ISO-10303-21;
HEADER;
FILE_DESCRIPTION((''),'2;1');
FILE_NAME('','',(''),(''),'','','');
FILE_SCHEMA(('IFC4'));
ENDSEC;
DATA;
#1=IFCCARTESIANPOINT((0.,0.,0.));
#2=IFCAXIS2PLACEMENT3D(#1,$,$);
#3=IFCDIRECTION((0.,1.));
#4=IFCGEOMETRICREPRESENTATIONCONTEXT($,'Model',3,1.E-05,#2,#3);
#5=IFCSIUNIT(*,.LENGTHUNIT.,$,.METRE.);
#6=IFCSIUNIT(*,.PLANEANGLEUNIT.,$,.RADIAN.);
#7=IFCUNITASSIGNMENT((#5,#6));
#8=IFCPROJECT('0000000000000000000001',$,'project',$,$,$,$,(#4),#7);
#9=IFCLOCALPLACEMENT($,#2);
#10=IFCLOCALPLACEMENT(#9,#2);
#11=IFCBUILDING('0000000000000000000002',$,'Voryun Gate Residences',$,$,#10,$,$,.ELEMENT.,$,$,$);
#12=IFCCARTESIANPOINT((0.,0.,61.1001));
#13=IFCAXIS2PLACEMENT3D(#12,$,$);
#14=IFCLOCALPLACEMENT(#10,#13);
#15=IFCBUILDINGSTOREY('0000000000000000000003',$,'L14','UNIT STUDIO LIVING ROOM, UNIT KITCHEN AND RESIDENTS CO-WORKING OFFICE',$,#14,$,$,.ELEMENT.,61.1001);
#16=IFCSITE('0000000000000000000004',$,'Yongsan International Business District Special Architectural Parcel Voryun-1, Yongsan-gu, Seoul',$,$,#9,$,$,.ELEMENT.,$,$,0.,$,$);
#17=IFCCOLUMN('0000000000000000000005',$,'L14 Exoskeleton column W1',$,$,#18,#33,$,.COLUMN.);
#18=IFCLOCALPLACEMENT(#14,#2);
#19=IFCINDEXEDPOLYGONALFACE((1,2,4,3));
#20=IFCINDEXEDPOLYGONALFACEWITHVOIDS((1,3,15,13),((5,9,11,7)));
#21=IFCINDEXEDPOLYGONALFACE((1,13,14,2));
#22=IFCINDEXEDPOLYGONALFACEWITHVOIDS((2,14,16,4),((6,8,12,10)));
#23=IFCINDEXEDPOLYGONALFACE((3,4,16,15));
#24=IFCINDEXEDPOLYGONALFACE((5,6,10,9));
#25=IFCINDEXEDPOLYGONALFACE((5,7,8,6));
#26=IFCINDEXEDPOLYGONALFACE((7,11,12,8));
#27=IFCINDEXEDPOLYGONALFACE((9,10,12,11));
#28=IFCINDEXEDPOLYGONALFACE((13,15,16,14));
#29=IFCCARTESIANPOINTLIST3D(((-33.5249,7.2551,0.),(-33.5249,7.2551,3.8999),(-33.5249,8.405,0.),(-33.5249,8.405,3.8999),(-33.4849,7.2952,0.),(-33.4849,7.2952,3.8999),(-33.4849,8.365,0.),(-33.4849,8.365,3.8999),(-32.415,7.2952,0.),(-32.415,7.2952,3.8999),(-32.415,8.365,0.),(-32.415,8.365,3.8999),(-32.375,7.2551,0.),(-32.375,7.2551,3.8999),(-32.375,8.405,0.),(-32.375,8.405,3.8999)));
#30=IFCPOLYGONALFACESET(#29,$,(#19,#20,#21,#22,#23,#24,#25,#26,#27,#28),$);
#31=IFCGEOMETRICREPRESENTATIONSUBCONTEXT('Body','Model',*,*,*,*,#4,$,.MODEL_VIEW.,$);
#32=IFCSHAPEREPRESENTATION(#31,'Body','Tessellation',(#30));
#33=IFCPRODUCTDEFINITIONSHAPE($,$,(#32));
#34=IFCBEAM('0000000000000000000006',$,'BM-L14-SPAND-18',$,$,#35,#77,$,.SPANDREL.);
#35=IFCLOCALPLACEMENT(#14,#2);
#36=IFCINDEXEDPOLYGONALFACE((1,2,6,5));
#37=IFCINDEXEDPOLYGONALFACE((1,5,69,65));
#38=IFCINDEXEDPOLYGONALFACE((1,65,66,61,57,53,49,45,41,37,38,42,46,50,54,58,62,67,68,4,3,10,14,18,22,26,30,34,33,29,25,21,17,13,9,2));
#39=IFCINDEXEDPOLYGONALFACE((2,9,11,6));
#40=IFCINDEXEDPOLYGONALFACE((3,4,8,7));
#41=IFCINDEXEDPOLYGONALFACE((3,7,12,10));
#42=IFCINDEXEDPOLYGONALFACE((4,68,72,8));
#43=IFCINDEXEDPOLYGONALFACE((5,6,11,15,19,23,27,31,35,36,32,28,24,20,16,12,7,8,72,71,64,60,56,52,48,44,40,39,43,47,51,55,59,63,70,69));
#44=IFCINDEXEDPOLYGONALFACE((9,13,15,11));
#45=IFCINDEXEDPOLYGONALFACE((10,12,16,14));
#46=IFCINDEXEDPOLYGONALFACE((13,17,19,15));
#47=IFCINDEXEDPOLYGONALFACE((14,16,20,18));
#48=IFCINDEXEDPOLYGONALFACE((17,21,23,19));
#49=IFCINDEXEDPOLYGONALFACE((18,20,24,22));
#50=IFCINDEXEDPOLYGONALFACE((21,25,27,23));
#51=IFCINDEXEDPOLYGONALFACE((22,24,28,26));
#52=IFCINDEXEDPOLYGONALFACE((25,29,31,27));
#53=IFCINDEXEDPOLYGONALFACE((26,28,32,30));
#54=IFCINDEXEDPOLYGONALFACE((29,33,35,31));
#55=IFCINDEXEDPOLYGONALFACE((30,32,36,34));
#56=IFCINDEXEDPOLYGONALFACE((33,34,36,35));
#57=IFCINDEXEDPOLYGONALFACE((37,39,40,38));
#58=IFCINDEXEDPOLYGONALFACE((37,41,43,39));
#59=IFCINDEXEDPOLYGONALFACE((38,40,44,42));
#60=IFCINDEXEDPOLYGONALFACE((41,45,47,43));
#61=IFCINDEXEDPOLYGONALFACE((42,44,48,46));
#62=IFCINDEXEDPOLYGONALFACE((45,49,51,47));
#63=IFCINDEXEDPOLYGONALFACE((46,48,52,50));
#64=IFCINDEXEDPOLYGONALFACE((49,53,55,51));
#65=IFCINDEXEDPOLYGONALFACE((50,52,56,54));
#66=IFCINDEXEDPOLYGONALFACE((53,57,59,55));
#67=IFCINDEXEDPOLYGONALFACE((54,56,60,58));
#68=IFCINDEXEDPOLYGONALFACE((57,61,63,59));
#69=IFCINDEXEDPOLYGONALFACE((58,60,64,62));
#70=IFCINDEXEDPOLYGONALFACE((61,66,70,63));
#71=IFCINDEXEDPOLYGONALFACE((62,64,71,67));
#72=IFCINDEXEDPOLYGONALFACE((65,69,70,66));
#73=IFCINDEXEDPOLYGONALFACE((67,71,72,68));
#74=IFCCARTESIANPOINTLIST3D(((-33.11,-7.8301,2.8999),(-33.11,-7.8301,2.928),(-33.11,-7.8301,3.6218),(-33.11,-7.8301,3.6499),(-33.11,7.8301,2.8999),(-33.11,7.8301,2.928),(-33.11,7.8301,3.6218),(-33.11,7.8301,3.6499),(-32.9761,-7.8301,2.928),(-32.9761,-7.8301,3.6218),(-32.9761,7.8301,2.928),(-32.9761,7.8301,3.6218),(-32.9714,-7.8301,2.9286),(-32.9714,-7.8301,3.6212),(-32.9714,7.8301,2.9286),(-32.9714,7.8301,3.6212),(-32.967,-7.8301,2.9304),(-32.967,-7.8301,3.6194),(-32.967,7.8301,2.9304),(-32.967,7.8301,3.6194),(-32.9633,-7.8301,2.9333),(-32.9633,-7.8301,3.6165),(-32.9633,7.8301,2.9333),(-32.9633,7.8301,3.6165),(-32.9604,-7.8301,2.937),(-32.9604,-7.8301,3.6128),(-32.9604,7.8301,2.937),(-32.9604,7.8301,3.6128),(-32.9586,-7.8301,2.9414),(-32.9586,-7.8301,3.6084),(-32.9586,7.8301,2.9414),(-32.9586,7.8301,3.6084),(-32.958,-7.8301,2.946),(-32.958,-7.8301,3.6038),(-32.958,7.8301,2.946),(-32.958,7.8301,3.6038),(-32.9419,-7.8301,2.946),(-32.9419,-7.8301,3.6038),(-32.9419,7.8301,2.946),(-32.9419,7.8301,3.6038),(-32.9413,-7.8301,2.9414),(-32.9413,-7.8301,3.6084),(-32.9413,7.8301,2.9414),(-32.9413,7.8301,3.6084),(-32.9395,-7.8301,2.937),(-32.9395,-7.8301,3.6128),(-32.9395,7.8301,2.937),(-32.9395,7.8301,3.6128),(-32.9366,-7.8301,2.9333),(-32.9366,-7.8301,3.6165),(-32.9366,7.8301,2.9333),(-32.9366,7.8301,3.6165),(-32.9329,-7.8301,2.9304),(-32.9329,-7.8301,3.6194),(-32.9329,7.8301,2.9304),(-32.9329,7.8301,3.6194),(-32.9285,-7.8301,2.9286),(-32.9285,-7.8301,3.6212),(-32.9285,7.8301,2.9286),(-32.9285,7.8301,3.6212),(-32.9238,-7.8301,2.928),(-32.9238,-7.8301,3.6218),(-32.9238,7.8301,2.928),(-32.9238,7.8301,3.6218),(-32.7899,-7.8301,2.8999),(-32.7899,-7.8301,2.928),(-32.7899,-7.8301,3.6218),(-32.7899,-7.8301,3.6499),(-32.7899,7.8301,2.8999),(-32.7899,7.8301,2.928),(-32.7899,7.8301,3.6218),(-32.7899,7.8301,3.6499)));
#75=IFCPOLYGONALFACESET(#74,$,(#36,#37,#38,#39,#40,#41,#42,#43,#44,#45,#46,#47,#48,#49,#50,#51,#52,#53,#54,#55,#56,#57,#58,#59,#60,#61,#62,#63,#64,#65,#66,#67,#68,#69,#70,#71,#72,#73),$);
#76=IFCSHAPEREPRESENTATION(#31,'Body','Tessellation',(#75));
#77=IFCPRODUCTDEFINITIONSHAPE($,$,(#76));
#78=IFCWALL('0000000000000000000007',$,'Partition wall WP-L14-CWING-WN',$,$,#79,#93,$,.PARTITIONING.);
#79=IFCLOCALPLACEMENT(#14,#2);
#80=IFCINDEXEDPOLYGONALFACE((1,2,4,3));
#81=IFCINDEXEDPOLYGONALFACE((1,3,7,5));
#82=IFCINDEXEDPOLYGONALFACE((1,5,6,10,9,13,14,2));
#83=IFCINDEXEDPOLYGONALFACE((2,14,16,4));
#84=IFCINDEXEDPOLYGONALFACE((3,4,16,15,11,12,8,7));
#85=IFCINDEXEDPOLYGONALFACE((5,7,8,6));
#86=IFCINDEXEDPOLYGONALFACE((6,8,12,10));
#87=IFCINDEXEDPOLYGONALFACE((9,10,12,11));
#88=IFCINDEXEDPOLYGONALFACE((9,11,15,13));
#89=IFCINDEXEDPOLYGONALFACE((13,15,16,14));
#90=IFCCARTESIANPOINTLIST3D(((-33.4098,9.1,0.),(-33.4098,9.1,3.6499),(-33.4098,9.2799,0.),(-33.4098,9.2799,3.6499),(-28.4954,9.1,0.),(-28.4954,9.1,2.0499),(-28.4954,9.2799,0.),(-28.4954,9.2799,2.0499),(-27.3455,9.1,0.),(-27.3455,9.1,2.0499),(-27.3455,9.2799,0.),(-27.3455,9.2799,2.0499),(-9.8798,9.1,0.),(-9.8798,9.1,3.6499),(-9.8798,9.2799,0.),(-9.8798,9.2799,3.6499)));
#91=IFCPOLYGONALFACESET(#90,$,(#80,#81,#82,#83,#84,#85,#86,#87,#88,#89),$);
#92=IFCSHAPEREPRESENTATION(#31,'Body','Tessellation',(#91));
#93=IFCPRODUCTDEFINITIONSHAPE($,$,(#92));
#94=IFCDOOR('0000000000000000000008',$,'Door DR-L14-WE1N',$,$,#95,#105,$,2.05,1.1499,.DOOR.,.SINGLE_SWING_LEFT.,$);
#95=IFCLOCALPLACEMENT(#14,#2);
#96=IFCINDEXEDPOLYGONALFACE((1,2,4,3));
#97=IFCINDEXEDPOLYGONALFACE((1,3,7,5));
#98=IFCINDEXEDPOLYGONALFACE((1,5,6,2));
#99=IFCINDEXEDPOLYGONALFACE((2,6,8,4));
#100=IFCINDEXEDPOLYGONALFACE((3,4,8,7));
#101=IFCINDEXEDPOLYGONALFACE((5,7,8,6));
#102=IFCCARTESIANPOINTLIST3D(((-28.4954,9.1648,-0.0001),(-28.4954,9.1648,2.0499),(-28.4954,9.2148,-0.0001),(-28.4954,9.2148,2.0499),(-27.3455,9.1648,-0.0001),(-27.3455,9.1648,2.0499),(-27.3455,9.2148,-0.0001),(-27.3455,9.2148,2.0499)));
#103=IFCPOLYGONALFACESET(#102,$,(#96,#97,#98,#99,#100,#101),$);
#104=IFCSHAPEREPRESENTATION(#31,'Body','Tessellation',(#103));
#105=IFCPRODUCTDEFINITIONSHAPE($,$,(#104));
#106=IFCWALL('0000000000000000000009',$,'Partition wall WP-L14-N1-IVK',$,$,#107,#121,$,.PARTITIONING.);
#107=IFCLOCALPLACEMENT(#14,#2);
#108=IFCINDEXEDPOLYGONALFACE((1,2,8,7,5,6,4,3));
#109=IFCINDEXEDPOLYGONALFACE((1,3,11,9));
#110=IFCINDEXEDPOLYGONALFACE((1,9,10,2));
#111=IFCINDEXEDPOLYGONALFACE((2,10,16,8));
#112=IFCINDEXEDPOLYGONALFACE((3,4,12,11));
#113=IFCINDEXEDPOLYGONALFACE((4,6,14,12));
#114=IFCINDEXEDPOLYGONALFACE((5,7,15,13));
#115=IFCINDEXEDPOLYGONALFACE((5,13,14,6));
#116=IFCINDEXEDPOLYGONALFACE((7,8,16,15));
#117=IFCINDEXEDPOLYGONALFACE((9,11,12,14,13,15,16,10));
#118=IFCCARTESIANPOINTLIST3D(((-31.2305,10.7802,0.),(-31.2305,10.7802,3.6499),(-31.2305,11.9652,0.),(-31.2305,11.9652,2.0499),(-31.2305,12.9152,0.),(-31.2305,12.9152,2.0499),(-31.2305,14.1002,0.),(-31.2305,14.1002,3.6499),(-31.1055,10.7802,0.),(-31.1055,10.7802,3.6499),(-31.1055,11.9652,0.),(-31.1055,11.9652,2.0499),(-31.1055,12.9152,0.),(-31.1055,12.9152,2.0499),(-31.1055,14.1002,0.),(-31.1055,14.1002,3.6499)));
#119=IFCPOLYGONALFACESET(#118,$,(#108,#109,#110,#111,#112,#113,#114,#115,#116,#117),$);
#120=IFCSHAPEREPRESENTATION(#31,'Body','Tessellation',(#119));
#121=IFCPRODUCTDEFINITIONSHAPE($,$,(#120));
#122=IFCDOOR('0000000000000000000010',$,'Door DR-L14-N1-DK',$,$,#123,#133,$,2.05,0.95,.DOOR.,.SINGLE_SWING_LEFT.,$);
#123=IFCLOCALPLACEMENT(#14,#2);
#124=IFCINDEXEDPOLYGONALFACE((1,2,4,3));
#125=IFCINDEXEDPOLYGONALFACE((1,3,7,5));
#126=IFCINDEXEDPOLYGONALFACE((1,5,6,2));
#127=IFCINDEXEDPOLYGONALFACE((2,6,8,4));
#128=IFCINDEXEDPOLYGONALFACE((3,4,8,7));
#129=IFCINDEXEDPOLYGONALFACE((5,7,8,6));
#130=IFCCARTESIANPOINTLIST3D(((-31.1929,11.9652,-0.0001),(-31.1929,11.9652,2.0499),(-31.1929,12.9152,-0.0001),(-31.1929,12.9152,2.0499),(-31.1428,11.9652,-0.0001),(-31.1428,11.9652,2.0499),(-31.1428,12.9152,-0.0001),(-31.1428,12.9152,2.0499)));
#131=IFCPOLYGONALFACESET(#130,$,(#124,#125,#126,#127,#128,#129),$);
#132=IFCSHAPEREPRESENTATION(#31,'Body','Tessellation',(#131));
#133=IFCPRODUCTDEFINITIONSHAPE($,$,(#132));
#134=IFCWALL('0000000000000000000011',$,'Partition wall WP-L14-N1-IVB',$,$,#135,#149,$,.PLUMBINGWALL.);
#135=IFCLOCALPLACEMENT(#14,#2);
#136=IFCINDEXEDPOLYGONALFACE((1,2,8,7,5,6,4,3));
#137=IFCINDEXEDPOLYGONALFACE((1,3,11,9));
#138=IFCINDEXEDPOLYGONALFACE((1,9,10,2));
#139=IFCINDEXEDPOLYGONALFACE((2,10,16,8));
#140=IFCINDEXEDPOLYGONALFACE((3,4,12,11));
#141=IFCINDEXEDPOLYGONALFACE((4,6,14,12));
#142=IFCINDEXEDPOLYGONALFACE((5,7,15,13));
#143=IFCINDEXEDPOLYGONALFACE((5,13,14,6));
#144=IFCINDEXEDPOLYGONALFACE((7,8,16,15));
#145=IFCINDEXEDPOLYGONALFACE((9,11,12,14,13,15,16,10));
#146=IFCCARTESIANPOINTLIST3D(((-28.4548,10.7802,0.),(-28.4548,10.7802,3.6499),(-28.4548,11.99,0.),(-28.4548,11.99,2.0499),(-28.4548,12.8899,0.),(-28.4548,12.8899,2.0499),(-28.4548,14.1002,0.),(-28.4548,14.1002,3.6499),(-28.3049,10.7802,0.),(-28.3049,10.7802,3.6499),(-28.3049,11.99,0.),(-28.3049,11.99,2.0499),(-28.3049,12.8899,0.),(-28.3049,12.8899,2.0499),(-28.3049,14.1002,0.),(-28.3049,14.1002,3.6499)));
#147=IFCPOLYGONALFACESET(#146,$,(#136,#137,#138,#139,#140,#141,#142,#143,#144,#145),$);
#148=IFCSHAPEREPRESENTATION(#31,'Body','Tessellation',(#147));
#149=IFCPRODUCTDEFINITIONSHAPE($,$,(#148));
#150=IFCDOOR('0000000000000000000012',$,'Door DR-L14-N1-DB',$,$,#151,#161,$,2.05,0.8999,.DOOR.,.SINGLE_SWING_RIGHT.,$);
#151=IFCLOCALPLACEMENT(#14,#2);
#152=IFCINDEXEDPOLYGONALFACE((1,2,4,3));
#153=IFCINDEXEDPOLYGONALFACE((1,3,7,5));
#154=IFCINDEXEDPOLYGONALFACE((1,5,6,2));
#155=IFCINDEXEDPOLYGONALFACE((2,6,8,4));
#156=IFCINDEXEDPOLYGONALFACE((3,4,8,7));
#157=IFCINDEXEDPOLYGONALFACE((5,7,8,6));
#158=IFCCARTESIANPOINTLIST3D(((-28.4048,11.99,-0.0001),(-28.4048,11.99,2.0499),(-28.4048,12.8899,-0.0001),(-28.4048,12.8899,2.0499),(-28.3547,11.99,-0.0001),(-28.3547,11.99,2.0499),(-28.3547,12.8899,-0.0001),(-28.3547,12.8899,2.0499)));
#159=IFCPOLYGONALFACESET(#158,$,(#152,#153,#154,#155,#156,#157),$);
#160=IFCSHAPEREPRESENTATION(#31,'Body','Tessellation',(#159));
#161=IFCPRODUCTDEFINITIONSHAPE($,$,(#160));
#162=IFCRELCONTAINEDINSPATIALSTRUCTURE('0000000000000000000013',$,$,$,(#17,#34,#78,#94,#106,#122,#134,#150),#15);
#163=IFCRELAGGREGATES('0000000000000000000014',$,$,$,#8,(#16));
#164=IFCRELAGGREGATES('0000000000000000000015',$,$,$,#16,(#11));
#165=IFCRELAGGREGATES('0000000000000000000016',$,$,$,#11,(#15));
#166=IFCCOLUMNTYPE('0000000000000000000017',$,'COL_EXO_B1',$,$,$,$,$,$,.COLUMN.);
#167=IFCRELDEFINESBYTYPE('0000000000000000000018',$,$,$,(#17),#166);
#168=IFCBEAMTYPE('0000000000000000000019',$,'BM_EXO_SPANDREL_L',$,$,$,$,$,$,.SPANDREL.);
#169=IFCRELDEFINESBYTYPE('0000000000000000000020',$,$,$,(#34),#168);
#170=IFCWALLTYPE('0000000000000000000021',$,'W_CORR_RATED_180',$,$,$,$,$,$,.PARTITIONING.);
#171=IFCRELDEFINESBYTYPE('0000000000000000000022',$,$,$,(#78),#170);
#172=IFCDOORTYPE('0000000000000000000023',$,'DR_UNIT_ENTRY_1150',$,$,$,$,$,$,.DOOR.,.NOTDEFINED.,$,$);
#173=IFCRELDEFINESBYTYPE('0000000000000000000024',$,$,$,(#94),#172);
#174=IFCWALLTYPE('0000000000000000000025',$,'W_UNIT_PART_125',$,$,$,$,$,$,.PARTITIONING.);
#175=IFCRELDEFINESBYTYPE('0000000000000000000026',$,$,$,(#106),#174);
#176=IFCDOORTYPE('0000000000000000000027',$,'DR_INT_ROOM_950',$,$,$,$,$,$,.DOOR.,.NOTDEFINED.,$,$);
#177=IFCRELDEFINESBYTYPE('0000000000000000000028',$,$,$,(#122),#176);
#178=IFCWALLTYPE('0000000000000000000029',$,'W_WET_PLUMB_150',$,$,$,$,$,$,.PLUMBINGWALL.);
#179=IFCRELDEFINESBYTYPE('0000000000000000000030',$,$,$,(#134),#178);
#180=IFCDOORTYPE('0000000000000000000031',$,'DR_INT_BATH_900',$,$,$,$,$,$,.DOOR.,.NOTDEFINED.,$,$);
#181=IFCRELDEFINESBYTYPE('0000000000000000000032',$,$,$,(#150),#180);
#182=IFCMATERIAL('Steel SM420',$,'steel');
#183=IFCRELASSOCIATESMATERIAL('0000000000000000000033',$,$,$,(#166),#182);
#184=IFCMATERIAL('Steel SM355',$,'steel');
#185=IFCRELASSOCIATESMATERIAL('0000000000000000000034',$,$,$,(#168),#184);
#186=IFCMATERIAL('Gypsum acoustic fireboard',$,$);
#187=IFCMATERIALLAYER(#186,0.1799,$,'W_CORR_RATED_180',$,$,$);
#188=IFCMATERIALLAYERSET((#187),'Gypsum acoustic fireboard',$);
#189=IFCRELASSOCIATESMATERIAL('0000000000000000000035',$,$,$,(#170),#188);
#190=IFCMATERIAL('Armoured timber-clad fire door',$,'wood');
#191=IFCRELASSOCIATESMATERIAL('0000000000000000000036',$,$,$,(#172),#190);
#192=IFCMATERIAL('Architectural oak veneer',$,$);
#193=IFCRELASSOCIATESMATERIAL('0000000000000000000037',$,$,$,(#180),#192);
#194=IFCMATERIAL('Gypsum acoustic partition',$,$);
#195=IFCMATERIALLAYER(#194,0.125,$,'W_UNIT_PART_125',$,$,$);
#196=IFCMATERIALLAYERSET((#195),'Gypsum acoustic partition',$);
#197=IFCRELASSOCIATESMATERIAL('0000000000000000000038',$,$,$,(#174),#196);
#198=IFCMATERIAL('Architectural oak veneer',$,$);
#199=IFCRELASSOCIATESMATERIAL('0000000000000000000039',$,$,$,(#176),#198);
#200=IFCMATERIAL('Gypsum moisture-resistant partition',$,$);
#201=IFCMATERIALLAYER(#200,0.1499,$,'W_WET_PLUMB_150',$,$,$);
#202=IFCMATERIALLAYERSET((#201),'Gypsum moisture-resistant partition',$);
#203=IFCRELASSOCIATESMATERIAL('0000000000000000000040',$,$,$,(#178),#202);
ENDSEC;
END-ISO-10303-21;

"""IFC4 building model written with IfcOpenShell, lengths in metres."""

from ifc_helpers import new_model, si_unit, direction, frame, frame_2d, origin, origin_2d, place, context, subcontext, project, spatial, rectangle, hollow_rectangle, i_section, extrude, material, layer, layer_set, material_profile, profile_set, type_object, element, fill, save


model = new_model("IFC4")

# Units and contexts
model_context = context("Model", 3, precision=1e-05, world=origin(), true_north=direction((0.0, 1.0)))
body_context = subcontext(model_context, "Body", "Model", "MODEL_VIEW")
ifc_project = project(units=[si_unit("LENGTHUNIT", "METRE"), si_unit("PLANEANGLEUNIT", "RADIAN")], contexts=[model_context])

# Site, building, storey
site_placement = place(None, origin())
site = spatial("IfcSite", under=ifc_project, at=site_placement, Name="Yongsan International Business District Special Architectural Parcel Voryun-1, Yongsan-gu, Seoul", CompositionType="ELEMENT", RefElevation=0.0)
building_placement = place(site_placement, origin())
building = spatial("IfcBuilding", under=site, at=building_placement, Name="Voryun Gate Residences", CompositionType="ELEMENT")
storey_placement = place(building_placement, frame((0.0, 0.0, 61.1001)))
storey = spatial("IfcBuildingStorey", under=building, at=storey_placement, Name="L14", Description="UNIT STUDIO LIVING ROOM, UNIT KITCHEN AND RESIDENTS CO-WORKING OFFICE", CompositionType="ELEMENT", Elevation=61.1001)

# Column
ifc_material_1 = material(Name="Steel SM420", Category="steel")
ifc_material_profile_1 = material_profile(ifc_material_1, hollow_rectangle(XDim=1.1499, YDim=1.1499, WallThickness=0.04, at=origin_2d()), Name="BOX-1150x1150x40")
ifc_profile_set_1 = profile_set([ifc_material_profile_1], Name="Steel SM420")
column_type = type_object("IfcColumnType", Name="COL_EXO_B1", PredefinedType="COLUMN", material=ifc_profile_set_1)
column_placement = place(storey_placement, frame((-32.95, 7.8301, 0.0), z_axis=(0.0, 0.0, 1.0), x_axis=(1.0, 0.0, 0.0)))
element("IfcColumn", 1, at=column_placement, inside=storey, type_object=column_type, Name="L14 Exoskeleton column W1", PredefinedType="COLUMN", context=body_context, shape_type="SweptSolid", body=[
    extrude(hollow_rectangle(XDim=1.1499, YDim=1.1499, WallThickness=0.04, at=origin_2d()), origin(), (0.0, 0.0, 1.0), 3.8999),
])

# Beam
ifc_material_2 = material(Name="Steel SM355", Category="steel")
ifc_material_profile_2 = material_profile(ifc_material_2, i_section(OverallWidth=0.3201, OverallDepth=0.75, WebThickness=0.0161, FlangeThickness=0.0281, FilletRadius=0.0181, at=origin_2d()), Name="H-750x320x16x28")
ifc_profile_set_2 = profile_set([ifc_material_profile_2], Name="Steel SM355")
beam_type = type_object("IfcBeamType", Name="BM_EXO_SPANDREL_L", PredefinedType="SPANDREL", material=ifc_profile_set_2)
beam_placement = place(storey_placement, frame((-32.95, 7.8301, 3.2749), z_axis=(0.0, -1.0, 0.0), x_axis=(1.0, 0.0, 0.0)))
element("IfcBeam", 2, at=beam_placement, inside=storey, type_object=beam_type, Name="BM-L14-SPAND-18", PredefinedType="SPANDREL", context=body_context, shape_type="SweptSolid", body=[
    extrude(i_section(OverallWidth=0.3201, OverallDepth=0.75, WebThickness=0.0161, FlangeThickness=0.0281, FilletRadius=0.0181, at=origin_2d()), origin(), (0.0, 0.0, 1.0), 15.6602),
])

# Wall, opening, door
ifc_material_3 = material(Name="Gypsum acoustic fireboard")
ifc_layer_1 = layer(ifc_material_3, 0.1799, Name="W_CORR_RATED_180")
ifc_layer_set_1 = layer_set([ifc_layer_1], Name="Gypsum acoustic fireboard")
wall_type_1 = type_object("IfcWallType", Name="W_CORR_RATED_180", PredefinedType="PARTITIONING", material=ifc_layer_set_1)
wall_1_placement = place(storey_placement, frame((-33.4099, 9.1899, 0.0), z_axis=(0.0, 0.0, 1.0), x_axis=(1.0, 0.0, 0.0)))
wall_1 = element("IfcWall", 3, at=wall_1_placement, inside=storey, type_object=wall_type_1, Name="Partition wall WP-L14-CWING-WN", PredefinedType="PARTITIONING", context=body_context, shape_type="SweptSolid", body=[
    extrude(rectangle(XDim=23.53, YDim=0.1799, at=frame_2d((11.7651, 0.0))), origin(), (0.0, 0.0, 1.0), 3.6499),
])
opening_1_placement = place(wall_1_placement, frame((4.9146, 0.0, 0.0)))
opening_1 = element("IfcOpeningElement", 4, at=opening_1_placement, cuts=wall_1, PredefinedType="OPENING", context=body_context, shape_type="SweptSolid", body=[
    extrude(rectangle(XDim=1.1499, YDim=2.05, at=frame_2d((0.575, 1.0249))), frame((0.0, 0.0999, 0.0), z_axis=(0.0, -1.0, 0.0), x_axis=(1.0, 0.0, 0.0)), (0.0, 0.0, 1.0), 0.2),
])
ifc_material_4 = material(Name="Armoured timber-clad fire door", Category="wood")
door_type_1 = type_object("IfcDoorType", Name="DR_UNIT_ENTRY_1150", OperationType="NOTDEFINED", PredefinedType="DOOR", material=ifc_material_4)
door_1_placement = place(opening_1_placement, origin())
door_1 = element("IfcDoor", 5, at=door_1_placement, inside=storey, type_object=door_type_1, Name="Door DR-L14-WE1N", OperationType="SINGLE_SWING_LEFT", OverallHeight=2.05, OverallWidth=1.1499, PredefinedType="DOOR", context=body_context, shape_type="SweptSolid", body=[
    extrude(rectangle(XDim=1.1499, YDim=2.05, at=frame_2d((0.575, 1.0249))), frame((0.0, 0.0249, 0.0), z_axis=(0.0, -1.0, 0.0), x_axis=(1.0, 0.0, 0.0)), (0.0, 0.0, 1.0), 0.05),
])
fill(opening_1, door_1)

# Shared definitions
ifc_material_5 = material(Name="Architectural oak veneer")
door_type_2 = type_object("IfcDoorType", Name="DR_INT_BATH_900", OperationType="NOTDEFINED", PredefinedType="DOOR", material=ifc_material_5)

# Walls, openings, doors
ifc_material_6 = material(Name="Gypsum acoustic partition")
ifc_layer_2 = layer(ifc_material_6, 0.125, Name="W_UNIT_PART_125")
ifc_layer_set_2 = layer_set([ifc_layer_2], Name="Gypsum acoustic partition")
wall_type_2 = type_object("IfcWallType", Name="W_UNIT_PART_125", PredefinedType="PARTITIONING", material=ifc_layer_set_2)
wall_2_placement = place(storey_placement, frame((-31.168, 10.78, 0.0), z_axis=(0.0, 0.0, 1.0), x_axis=(0.0, 1.0, 0.0)))
wall_2 = element("IfcWall", 6, at=wall_2_placement, inside=storey, type_object=wall_type_2, Name="Partition wall WP-L14-N1-IVK", PredefinedType="PARTITIONING", context=body_context, shape_type="SweptSolid", body=[
    extrude(rectangle(XDim=3.3201, YDim=0.125, at=frame_2d((1.6602, 0.0))), origin(), (0.0, 0.0, 1.0), 3.6499),
])
opening_2_placement = place(wall_2_placement, frame((1.1851, 0.0, 0.0)))
opening_2 = element("IfcOpeningElement", 7, at=opening_2_placement, cuts=wall_2, PredefinedType="OPENING", context=body_context, shape_type="SweptSolid", body=[
    extrude(rectangle(XDim=0.95, YDim=2.05, at=frame_2d((0.4751, 1.0249))), frame((0.0, 0.0725, 0.0), z_axis=(0.0, -1.0, 0.0), x_axis=(1.0, 0.0, 0.0)), (0.0, 0.0, 1.0), 0.145),
])
ifc_material_7 = material(Name="Architectural oak veneer")
door_type_3 = type_object("IfcDoorType", Name="DR_INT_ROOM_950", OperationType="NOTDEFINED", PredefinedType="DOOR", material=ifc_material_7)
door_2_placement = place(opening_2_placement, origin())
door_2 = element("IfcDoor", 8, at=door_2_placement, inside=storey, type_object=door_type_3, Name="Door DR-L14-N1-DK", OperationType="SINGLE_SWING_LEFT", OverallHeight=2.05, OverallWidth=0.95, PredefinedType="DOOR", context=body_context, shape_type="SweptSolid", body=[
    extrude(rectangle(XDim=0.95, YDim=2.05, at=frame_2d((0.4751, 1.0249))), frame((0.0, 0.0249, 0.0), z_axis=(0.0, -1.0, 0.0), x_axis=(1.0, 0.0, 0.0)), (0.0, 0.0, 1.0), 0.05),
])
fill(opening_2, door_2)
ifc_material_8 = material(Name="Gypsum moisture-resistant partition")
ifc_layer_3 = layer(ifc_material_8, 0.1499, Name="W_WET_PLUMB_150")
ifc_layer_set_3 = layer_set([ifc_layer_3], Name="Gypsum moisture-resistant partition")
wall_type_3 = type_object("IfcWallType", Name="W_WET_PLUMB_150", PredefinedType="PLUMBINGWALL", material=ifc_layer_set_3)
wall_3_placement = place(storey_placement, frame((-28.3799, 10.78, 0.0), z_axis=(0.0, 0.0, 1.0), x_axis=(0.0, 1.0, 0.0)))
wall_3 = element("IfcWall", 9, at=wall_3_placement, inside=storey, type_object=wall_type_3, Name="Partition wall WP-L14-N1-IVB", PredefinedType="PLUMBINGWALL", context=body_context, shape_type="SweptSolid", body=[
    extrude(rectangle(XDim=3.3201, YDim=0.1499, at=frame_2d((1.6602, 0.0))), origin(), (0.0, 0.0, 1.0), 3.6499),
])
opening_3_placement = place(wall_3_placement, frame((1.21, 0.0, 0.0)))
opening_3 = element("IfcOpeningElement", 10, at=opening_3_placement, cuts=wall_3, PredefinedType="OPENING", context=body_context, shape_type="SweptSolid", body=[
    extrude(rectangle(XDim=0.8999, YDim=2.05, at=frame_2d((0.45, 1.0249))), frame((0.0, 0.085, 0.0), z_axis=(0.0, -1.0, 0.0), x_axis=(1.0, 0.0, 0.0)), (0.0, 0.0, 1.0), 0.1699),
])
door_3_placement = place(opening_3_placement, origin())
door_3 = element("IfcDoor", 11, at=door_3_placement, inside=storey, type_object=door_type_2, Name="Door DR-L14-N1-DB", OperationType="SINGLE_SWING_RIGHT", OverallHeight=2.05, OverallWidth=0.8999, PredefinedType="DOOR", context=body_context, shape_type="SweptSolid", body=[
    extrude(rectangle(XDim=0.8999, YDim=2.05, at=frame_2d((0.45, 1.0249))), frame((0.0, 0.0249, 0.0), z_axis=(0.0, -1.0, 0.0), x_axis=(1.0, 0.0, 0.0)), (0.0, 0.0, 1.0), 0.05),
])
fill(opening_3, door_3)

save(model, "model.ifc")
